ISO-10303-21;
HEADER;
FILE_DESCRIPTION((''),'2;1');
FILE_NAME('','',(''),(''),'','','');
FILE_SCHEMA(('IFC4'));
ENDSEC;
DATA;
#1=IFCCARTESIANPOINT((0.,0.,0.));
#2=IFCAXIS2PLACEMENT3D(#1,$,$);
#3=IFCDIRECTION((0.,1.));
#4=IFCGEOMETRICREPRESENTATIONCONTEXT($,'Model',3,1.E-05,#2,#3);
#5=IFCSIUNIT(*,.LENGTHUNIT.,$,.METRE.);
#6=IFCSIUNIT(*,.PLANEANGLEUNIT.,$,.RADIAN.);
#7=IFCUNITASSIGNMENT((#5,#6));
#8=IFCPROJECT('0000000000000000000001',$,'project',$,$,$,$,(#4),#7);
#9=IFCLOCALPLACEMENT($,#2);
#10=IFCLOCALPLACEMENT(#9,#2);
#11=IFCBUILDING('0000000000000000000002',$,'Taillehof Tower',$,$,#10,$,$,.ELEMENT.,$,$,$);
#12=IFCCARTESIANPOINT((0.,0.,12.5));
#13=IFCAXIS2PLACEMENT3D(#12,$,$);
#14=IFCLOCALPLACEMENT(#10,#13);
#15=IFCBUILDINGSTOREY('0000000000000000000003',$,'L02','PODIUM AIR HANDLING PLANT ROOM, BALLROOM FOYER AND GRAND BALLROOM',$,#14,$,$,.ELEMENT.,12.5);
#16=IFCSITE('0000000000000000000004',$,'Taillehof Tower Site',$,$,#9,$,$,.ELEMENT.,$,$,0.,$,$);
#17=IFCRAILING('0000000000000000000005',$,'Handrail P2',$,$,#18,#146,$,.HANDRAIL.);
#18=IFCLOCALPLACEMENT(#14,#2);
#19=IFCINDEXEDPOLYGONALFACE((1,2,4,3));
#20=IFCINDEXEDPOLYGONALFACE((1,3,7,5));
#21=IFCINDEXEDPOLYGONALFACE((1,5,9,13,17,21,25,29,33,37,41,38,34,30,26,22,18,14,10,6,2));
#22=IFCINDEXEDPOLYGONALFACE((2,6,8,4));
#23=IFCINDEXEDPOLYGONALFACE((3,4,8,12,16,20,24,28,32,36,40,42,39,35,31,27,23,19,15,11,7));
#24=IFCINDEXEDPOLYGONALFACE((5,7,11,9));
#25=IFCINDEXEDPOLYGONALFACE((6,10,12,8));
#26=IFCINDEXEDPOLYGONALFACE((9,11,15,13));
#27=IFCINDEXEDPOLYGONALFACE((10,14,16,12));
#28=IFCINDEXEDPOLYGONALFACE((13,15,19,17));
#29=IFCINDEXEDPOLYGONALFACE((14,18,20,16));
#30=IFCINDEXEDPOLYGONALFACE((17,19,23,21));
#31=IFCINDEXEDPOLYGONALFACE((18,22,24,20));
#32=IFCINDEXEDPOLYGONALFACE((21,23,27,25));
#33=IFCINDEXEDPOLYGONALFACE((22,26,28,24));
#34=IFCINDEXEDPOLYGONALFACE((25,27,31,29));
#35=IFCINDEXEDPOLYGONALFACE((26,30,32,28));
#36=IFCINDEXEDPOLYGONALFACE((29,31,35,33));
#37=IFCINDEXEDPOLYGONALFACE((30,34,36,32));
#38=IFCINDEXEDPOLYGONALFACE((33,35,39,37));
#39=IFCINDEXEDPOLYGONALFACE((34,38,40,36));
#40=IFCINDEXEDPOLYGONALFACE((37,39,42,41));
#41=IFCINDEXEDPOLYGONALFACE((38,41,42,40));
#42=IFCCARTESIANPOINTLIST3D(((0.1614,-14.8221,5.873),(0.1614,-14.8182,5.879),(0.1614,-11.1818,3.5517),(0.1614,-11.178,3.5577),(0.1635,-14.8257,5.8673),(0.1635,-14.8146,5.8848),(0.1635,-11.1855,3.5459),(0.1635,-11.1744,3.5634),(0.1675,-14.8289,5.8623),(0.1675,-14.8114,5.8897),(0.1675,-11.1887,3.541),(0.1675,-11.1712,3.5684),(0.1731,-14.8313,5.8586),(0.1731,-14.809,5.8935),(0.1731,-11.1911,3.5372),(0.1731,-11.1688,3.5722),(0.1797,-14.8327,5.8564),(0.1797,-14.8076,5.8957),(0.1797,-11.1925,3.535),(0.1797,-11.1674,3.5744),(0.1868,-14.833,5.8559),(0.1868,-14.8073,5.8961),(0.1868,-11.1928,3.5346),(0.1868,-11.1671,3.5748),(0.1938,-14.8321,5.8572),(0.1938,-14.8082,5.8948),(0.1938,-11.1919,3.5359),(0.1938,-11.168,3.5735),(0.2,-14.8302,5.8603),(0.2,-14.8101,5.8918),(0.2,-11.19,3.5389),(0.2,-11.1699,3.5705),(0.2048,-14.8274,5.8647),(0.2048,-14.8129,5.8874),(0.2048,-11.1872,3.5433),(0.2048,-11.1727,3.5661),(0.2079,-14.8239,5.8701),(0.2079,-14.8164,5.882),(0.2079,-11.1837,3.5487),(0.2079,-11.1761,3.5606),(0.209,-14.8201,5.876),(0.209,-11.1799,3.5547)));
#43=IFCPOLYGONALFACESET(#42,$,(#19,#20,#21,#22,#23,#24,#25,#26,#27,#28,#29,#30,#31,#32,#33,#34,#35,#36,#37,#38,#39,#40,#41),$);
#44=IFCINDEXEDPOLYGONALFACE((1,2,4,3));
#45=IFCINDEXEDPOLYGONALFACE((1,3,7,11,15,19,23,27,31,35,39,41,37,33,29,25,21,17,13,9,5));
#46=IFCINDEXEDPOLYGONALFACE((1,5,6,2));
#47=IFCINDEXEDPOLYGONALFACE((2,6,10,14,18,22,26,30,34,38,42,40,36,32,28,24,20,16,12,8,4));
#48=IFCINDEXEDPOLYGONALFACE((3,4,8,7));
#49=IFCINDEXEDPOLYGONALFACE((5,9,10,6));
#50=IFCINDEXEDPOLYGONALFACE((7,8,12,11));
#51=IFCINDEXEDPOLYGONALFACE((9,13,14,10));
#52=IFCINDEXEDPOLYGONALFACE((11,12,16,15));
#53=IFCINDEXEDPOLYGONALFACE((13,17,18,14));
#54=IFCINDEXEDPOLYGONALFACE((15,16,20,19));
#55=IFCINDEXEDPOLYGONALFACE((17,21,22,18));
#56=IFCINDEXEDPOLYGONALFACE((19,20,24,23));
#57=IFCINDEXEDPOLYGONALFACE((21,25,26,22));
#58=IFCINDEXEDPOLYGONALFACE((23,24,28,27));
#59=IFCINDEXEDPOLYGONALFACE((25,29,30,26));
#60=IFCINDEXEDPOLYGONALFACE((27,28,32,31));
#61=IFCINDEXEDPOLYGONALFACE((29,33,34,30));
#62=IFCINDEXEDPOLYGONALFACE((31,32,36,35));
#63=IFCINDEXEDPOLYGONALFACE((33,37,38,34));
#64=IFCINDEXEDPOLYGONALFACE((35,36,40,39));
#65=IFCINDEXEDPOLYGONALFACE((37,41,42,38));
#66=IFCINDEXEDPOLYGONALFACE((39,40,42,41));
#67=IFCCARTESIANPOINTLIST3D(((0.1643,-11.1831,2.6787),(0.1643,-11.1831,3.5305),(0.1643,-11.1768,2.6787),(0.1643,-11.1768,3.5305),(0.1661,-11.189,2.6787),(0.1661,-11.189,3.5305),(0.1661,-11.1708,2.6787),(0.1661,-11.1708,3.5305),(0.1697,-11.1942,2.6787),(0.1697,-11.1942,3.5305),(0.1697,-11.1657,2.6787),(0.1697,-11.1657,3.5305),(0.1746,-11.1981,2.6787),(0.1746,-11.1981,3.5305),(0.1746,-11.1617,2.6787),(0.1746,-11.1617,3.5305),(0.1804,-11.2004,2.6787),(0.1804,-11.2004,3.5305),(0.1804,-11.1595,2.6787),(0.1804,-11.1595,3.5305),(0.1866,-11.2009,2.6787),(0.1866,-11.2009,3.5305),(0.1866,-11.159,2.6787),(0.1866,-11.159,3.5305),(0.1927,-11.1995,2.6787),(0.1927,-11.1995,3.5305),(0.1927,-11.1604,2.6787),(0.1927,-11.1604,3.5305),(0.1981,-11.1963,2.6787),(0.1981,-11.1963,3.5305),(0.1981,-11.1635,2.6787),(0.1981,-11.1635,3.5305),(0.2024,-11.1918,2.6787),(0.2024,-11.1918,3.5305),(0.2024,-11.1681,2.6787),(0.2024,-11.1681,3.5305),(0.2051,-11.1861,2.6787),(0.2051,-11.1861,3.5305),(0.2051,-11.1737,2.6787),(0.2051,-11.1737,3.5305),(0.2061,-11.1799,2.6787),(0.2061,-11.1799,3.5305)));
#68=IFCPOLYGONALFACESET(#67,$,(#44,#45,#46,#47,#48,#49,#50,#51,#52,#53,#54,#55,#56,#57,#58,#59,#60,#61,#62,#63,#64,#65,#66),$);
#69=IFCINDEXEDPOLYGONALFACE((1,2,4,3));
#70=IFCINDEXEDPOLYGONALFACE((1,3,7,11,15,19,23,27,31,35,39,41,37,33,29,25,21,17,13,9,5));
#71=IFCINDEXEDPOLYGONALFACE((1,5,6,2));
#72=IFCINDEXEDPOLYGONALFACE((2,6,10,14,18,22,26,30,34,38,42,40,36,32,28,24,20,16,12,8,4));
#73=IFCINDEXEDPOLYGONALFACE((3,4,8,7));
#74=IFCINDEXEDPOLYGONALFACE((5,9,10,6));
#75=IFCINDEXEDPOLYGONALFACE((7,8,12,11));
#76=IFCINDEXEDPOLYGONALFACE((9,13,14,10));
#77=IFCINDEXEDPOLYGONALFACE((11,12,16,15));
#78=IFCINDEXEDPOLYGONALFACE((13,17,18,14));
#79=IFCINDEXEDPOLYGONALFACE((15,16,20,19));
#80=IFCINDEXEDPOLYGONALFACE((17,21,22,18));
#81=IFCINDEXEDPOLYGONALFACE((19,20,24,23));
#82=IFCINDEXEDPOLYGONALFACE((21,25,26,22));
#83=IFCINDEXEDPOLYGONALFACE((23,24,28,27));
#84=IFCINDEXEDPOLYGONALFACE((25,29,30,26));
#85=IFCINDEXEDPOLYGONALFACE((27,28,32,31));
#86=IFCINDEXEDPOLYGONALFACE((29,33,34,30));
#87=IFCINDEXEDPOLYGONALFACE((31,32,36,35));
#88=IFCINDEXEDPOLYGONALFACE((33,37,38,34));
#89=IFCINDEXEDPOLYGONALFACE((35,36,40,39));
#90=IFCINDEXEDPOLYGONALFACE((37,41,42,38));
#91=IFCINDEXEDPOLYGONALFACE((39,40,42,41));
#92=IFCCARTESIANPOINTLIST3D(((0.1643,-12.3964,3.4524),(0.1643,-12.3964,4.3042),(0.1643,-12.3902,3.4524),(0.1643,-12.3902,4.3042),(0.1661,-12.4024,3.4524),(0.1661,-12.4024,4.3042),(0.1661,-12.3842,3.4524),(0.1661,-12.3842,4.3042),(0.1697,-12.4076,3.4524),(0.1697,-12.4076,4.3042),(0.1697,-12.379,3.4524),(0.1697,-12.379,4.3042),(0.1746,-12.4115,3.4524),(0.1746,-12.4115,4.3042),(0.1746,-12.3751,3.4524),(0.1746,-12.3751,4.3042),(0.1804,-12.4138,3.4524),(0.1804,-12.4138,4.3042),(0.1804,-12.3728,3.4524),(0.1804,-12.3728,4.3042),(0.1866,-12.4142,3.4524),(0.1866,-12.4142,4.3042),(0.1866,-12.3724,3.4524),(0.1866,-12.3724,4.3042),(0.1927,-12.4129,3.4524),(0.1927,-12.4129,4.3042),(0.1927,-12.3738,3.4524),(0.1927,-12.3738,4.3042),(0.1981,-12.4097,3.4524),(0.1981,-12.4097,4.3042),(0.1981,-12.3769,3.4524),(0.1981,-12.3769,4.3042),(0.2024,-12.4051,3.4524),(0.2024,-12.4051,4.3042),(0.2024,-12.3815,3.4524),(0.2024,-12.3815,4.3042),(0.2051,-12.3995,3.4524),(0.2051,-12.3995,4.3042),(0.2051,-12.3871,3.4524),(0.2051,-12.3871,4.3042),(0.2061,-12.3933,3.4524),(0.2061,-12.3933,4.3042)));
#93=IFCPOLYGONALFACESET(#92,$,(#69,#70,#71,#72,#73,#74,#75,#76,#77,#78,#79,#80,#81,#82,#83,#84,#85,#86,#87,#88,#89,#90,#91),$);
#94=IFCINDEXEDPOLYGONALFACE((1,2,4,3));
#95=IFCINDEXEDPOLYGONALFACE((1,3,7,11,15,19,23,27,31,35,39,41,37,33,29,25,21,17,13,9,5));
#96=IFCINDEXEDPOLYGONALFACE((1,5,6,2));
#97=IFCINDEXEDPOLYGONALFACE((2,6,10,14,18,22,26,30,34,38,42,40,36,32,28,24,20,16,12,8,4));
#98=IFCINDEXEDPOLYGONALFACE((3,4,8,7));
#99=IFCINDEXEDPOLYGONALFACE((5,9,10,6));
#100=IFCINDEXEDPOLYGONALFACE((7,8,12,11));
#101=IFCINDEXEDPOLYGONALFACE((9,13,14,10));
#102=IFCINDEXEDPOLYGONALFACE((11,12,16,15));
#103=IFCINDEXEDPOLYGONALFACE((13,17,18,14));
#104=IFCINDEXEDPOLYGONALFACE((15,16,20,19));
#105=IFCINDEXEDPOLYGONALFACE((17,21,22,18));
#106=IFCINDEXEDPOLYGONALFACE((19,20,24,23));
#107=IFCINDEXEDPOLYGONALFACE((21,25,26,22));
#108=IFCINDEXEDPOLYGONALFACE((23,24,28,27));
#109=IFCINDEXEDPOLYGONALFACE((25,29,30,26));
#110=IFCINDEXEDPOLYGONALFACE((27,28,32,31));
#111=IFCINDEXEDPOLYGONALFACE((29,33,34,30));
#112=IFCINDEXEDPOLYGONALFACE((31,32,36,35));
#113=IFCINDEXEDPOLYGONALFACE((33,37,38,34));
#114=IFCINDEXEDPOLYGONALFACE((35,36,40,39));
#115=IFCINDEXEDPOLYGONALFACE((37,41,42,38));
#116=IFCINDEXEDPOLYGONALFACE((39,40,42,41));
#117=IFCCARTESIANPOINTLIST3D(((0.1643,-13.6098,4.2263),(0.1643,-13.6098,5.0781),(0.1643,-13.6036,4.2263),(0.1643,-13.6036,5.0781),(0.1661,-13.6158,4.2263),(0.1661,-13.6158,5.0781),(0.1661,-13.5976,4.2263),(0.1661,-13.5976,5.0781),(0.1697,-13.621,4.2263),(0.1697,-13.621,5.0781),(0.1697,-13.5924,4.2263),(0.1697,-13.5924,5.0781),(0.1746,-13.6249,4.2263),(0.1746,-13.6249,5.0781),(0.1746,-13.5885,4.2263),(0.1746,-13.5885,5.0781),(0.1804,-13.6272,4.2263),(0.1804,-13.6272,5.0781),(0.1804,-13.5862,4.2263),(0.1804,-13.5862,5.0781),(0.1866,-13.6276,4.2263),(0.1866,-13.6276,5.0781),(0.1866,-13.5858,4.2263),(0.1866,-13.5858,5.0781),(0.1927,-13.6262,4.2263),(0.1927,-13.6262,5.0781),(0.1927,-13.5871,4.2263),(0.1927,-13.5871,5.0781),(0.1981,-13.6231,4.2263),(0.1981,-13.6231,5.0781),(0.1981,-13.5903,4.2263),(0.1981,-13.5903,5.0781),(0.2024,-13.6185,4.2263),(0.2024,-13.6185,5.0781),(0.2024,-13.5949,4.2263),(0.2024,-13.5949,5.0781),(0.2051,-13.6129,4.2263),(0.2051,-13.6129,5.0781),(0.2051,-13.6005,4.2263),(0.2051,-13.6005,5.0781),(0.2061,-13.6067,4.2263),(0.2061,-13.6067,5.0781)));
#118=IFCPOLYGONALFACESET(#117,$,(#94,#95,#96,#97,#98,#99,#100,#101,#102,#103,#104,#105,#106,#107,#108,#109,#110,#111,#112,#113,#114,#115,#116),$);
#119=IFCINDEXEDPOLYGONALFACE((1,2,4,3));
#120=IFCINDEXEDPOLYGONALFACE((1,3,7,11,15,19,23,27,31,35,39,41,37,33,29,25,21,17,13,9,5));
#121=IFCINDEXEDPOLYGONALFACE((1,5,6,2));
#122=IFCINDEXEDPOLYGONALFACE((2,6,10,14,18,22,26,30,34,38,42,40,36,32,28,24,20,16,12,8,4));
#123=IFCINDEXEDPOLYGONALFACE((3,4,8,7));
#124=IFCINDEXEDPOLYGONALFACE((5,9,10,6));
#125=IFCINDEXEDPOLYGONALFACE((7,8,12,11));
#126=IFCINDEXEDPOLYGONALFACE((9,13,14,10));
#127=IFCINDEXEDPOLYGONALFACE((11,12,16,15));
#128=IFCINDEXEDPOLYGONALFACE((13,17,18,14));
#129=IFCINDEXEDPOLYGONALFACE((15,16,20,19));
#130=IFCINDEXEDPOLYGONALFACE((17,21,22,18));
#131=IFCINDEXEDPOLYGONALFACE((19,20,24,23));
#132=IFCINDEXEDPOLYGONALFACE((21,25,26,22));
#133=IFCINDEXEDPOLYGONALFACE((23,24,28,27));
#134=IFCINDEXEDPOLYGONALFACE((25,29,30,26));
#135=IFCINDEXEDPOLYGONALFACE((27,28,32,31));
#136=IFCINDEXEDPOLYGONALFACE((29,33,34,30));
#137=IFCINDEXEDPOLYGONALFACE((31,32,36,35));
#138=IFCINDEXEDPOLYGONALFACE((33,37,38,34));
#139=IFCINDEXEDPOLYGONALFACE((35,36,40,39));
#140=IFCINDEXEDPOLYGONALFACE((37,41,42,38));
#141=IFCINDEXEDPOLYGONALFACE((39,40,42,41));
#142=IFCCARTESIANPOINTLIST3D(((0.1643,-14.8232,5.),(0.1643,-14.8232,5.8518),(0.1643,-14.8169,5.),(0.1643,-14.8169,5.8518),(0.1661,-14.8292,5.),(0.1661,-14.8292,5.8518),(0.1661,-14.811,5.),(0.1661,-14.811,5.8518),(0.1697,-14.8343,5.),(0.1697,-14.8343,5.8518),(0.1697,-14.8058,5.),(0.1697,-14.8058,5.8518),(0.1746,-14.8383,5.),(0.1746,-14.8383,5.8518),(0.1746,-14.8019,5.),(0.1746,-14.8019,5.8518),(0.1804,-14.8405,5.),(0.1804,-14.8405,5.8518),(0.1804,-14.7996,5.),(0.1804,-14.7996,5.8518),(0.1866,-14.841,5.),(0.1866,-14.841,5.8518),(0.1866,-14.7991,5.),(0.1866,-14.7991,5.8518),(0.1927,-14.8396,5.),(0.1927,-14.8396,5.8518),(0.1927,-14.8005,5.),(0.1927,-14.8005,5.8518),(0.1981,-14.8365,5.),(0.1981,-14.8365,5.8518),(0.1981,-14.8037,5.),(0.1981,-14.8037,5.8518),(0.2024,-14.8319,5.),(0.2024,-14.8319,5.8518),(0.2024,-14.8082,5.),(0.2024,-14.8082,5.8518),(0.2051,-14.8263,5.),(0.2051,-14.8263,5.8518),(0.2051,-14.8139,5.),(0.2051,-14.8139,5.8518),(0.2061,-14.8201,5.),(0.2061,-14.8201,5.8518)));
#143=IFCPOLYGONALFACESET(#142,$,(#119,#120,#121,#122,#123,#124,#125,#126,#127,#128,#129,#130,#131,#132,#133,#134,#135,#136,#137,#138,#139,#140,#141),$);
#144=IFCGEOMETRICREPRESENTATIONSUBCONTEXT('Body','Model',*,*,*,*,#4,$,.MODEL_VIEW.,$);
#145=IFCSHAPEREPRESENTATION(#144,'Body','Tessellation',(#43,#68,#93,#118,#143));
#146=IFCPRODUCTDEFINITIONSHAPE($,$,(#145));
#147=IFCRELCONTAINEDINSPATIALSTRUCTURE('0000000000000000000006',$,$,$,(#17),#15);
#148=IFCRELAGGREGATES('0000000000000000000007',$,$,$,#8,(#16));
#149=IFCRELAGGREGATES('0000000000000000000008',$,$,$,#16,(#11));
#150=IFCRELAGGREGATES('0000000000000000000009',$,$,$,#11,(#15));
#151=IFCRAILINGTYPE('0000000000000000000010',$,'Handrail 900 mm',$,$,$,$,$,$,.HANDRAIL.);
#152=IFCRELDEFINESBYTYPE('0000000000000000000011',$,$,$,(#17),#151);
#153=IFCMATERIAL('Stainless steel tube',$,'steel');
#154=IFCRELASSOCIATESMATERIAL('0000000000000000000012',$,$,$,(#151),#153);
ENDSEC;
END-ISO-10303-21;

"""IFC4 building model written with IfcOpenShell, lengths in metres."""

from ifc_helpers import new_model, si_unit, direction, frame, origin, origin_2d, place, context, subcontext, project, spatial, circle, extrude, material, type_object, element, save


model = new_model("IFC4")

# Units and contexts
model_context = context("Model", 3, precision=1e-05, world=origin(), true_north=direction((0.0, 1.0)))
body_context = subcontext(model_context, "Body", "Model", "MODEL_VIEW")
ifc_project = project(units=[si_unit("LENGTHUNIT", "METRE"), si_unit("PLANEANGLEUNIT", "RADIAN")], contexts=[model_context])

# Site, building, storey
site_placement = place(None, origin())
site = spatial("IfcSite", under=ifc_project, at=site_placement, Name="Taillehof Tower Site", CompositionType="ELEMENT", RefElevation=0.0)
building_placement = place(site_placement, origin())
building = spatial("IfcBuilding", under=site, at=building_placement, Name="Taillehof Tower", CompositionType="ELEMENT")
storey_placement = place(building_placement, frame((0.0, 0.0, 12.5)))
storey = spatial("IfcBuildingStorey", under=building, at=storey_placement, Name="L02", Description="PODIUM AIR HANDLING PLANT ROOM, BALLROOM FOYER AND GRAND BALLROOM", CompositionType="ELEMENT", Elevation=12.5)

# Railing
ifc_material_1 = material(Name="Stainless steel tube", Category="steel")
railing_type = type_object("IfcRailingType", Name="Handrail 900 mm", PredefinedType="HANDRAIL", material=ifc_material_1)
for number, where, name in (
    (1, (0.1851, -11.1799, 2.6787), "Handrail P2"),
):
    element("IfcRailing", number, at=place(storey_placement, frame(where)), inside=storey, type_object=railing_type, Name=name, PredefinedType="HANDRAIL", context=body_context, shape_type="SweptSolid", body=[
        extrude(circle(Radius=0.0239, at=origin_2d()), frame((0.0, 0.0, 0.876), z_axis=(0.0, -0.843153, 0.537673), x_axis=(1.0, 0.0, 0.0)), (0.0, 0.0, 1.0), 4.3174),
        extrude(circle(Radius=0.021, at=origin_2d()), origin(), (0.0, 0.0, 1.0), 0.8518),
        extrude(circle(Radius=0.021, at=origin_2d()), frame((0.0, -1.2134, 0.7737)), (0.0, 0.0, 1.0), 0.8518),
        extrude(circle(Radius=0.021, at=origin_2d()), frame((0.0, -2.4268, 1.5476)), (0.0, 0.0, 1.0), 0.8518),
        extrude(circle(Radius=0.021, at=origin_2d()), frame((0.0, -3.6401, 2.3213)), (0.0, 0.0, 1.0), 0.8518),
    ])

save(model, "model.ifc")
